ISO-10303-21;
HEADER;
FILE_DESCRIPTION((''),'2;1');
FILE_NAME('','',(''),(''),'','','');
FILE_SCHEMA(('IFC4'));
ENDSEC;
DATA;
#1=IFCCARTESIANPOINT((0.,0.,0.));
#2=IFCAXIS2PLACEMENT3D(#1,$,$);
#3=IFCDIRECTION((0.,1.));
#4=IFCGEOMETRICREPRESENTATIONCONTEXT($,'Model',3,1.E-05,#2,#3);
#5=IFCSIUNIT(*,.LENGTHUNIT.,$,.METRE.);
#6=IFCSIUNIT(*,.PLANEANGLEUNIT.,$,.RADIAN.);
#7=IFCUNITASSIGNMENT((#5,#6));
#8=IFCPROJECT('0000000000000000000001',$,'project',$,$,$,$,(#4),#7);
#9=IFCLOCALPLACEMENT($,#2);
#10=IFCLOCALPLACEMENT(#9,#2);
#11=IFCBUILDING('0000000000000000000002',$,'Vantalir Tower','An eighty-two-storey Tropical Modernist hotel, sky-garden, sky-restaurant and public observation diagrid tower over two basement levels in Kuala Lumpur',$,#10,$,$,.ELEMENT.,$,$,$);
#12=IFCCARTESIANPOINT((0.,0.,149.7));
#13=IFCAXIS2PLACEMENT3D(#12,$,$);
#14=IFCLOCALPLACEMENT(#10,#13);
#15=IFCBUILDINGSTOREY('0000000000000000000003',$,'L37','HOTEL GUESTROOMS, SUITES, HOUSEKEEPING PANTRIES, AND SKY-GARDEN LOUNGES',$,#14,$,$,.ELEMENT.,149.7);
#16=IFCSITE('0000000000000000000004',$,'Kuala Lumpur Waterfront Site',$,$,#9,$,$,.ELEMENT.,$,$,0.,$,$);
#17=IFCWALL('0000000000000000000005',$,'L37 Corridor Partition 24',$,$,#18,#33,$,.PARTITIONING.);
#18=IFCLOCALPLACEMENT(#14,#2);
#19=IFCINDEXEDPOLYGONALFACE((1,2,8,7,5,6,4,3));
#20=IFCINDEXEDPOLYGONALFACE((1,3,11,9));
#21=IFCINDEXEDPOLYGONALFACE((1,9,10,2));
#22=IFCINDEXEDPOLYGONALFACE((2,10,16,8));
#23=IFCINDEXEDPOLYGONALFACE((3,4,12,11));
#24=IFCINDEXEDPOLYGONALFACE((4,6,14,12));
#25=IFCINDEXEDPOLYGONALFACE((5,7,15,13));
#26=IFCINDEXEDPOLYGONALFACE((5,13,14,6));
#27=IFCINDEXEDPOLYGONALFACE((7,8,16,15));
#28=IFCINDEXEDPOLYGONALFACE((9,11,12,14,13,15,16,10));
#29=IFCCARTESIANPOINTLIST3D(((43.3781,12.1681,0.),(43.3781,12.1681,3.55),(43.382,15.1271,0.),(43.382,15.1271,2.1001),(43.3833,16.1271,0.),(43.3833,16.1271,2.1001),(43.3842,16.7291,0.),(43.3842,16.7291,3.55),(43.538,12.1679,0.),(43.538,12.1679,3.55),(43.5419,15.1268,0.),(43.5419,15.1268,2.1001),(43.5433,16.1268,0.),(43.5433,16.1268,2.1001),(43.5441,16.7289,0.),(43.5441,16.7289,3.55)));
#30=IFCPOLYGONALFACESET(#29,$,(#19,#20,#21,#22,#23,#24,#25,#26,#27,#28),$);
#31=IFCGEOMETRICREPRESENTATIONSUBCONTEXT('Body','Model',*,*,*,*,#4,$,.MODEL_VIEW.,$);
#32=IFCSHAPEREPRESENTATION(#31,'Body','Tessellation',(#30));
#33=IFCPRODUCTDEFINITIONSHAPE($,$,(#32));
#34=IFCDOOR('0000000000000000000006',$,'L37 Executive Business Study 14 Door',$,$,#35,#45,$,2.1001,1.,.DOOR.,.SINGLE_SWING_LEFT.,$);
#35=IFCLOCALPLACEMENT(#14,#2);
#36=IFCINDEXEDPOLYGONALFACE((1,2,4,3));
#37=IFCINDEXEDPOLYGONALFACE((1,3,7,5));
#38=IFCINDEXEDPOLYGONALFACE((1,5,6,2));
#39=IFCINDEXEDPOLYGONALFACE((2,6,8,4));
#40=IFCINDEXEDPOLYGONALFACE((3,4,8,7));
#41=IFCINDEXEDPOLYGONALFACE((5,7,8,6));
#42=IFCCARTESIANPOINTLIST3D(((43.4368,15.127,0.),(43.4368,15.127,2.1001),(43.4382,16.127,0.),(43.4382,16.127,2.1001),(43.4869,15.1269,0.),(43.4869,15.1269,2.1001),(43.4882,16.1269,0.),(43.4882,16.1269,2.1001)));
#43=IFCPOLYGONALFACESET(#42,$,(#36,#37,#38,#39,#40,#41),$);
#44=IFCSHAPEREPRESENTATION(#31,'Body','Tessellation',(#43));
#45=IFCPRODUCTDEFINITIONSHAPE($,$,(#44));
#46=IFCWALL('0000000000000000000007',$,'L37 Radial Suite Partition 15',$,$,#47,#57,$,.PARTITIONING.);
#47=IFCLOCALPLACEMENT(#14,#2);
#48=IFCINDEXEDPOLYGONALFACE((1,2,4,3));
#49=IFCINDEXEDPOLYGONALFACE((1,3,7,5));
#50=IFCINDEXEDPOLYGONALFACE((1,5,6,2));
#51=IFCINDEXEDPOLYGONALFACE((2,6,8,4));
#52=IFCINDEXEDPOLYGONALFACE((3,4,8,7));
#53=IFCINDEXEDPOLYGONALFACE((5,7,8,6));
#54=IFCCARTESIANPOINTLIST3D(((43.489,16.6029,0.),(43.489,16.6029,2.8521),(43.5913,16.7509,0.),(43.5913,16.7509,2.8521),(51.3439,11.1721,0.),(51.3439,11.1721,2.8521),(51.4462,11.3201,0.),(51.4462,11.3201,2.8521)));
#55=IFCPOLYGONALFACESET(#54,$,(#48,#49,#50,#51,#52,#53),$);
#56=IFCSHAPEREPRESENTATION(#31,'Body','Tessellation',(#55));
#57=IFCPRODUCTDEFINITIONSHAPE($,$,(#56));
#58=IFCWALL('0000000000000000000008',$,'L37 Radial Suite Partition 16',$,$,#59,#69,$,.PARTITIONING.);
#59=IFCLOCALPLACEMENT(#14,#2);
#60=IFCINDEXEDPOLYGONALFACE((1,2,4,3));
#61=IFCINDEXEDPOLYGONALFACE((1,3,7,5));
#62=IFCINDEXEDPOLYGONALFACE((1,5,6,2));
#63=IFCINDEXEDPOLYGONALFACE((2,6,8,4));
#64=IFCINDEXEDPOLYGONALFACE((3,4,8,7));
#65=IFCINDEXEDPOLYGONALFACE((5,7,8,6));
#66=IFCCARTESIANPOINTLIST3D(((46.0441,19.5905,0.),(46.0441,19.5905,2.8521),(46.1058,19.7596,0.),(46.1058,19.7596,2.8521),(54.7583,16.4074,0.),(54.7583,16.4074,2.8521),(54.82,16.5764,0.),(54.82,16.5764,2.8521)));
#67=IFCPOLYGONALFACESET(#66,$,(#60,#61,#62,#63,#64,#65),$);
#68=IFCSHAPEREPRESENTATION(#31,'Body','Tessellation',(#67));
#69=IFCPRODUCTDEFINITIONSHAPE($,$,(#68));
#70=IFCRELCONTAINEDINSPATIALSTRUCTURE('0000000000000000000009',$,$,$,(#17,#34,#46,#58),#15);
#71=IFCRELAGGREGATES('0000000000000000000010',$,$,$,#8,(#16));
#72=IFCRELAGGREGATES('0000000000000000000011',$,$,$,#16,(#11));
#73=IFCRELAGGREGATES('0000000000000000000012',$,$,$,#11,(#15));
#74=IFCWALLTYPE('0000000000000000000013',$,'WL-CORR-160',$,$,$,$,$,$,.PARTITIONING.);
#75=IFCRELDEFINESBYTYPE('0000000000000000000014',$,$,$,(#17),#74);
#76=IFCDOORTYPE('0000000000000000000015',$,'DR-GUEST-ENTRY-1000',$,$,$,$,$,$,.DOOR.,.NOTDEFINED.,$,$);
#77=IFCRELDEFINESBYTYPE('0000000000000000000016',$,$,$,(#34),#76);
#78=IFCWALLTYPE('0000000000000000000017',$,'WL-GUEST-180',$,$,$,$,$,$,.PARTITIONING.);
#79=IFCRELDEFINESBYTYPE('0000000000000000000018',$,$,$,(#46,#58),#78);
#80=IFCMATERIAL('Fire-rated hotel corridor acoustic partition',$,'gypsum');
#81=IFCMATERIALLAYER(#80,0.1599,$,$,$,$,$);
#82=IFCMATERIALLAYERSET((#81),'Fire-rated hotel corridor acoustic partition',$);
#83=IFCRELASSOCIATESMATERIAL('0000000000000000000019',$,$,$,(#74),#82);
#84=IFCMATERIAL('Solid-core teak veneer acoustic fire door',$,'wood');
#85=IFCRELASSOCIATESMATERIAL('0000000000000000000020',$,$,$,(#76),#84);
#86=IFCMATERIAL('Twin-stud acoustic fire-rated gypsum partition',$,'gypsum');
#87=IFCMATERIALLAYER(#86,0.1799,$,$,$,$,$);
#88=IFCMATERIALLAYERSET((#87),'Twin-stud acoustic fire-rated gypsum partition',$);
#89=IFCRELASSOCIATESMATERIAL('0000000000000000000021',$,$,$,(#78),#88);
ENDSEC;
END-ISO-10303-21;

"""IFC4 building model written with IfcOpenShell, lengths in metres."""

from ifc_helpers import new_model, si_unit, direction, frame, frame_2d, origin, place, context, subcontext, project, spatial, rectangle, extrude, material, layer, layer_set, type_object, element, fill, save


model = new_model("IFC4")

# Units and contexts
model_context = context("Model", 3, precision=1e-05, world=origin(), true_north=direction((0.0, 1.0)))
body_context = subcontext(model_context, "Body", "Model", "MODEL_VIEW")
ifc_project = project(units=[si_unit("LENGTHUNIT", "METRE"), si_unit("PLANEANGLEUNIT", "RADIAN")], contexts=[model_context])

# Site, building, storey
site_placement = place(None, origin())
site = spatial("IfcSite", under=ifc_project, at=site_placement, Name="Kuala Lumpur Waterfront Site", CompositionType="ELEMENT", RefElevation=0.0)
building_placement = place(site_placement, origin())
building = spatial("IfcBuilding", under=site, at=building_placement, Name="Vantalir Tower", Description="An eighty-two-storey Tropical Modernist hotel, sky-garden, sky-restaurant and public observation diagrid tower over two basement levels in Kuala Lumpur", CompositionType="ELEMENT")
storey_placement = place(building_placement, frame((0.0, 0.0, 149.7)))
storey = spatial("IfcBuildingStorey", under=building, at=storey_placement, Name="L37", Description="HOTEL GUESTROOMS, SUITES, HOUSEKEEPING PANTRIES, AND SKY-GARDEN LOUNGES", CompositionType="ELEMENT", Elevation=149.7)

# Shared definitions
ifc_material_1 = material(Name="Fire-rated hotel corridor acoustic partition", Category="gypsum")
ifc_layer_1 = layer(ifc_material_1, 0.1599)
ifc_layer_set_1 = layer_set([ifc_layer_1], Name="Fire-rated hotel corridor acoustic partition")
wall_type_1 = type_object("IfcWallType", Name="WL-CORR-160", PredefinedType="PARTITIONING", material=ifc_layer_set_1)

# Wall, opening, door
wall_1_placement = place(storey_placement, frame((43.4641, 16.729, 0.0), z_axis=(0.0, 0.0, 1.0), x_axis=(-0.001338, -0.999999, 0.0)))
wall_1 = element("IfcWall", 1, at=wall_1_placement, inside=storey, type_object=wall_type_1, Name="L37 Corridor Partition 24", PredefinedType="PARTITIONING", context=body_context, shape_type="SweptSolid", body=[
    extrude(rectangle(XDim=4.561, YDim=0.1599, at=frame_2d((2.2805, 0.0))), origin(), (0.0, 0.0, 1.0), 3.55),
])
opening_1_placement = place(wall_1_placement, frame((0.6021, 0.0, 0.0)))
opening_1 = element("IfcOpeningElement", 2, at=opening_1_placement, cuts=wall_1, PredefinedType="OPENING", context=body_context, shape_type="SweptSolid", body=[
    extrude(rectangle(XDim=1.0, YDim=2.1001, at=frame_2d((0.5, 1.05))), frame((0.0, 0.0898, 0.0), z_axis=(0.0, -1.0, 0.0), x_axis=(1.0, 0.0, 0.0)), (0.0, 0.0, 1.0), 0.1799),
])
ifc_material_2 = material(Name="Solid-core teak veneer acoustic fire door", Category="wood")
door_type_1 = type_object("IfcDoorType", Name="DR-GUEST-ENTRY-1000", OperationType="NOTDEFINED", PredefinedType="DOOR", material=ifc_material_2)
door_1_placement = place(opening_1_placement, origin())
door_1 = element("IfcDoor", 3, at=door_1_placement, inside=storey, type_object=door_type_1, Name="L37 Executive Business Study 14 Door", OperationType="SINGLE_SWING_LEFT", OverallHeight=2.1001, OverallWidth=1.0, PredefinedType="DOOR", context=body_context, shape_type="SweptSolid", body=[
    extrude(rectangle(XDim=1.0, YDim=2.1001, at=frame_2d((0.5, 1.05))), frame((0.0, 0.0249, 0.0), z_axis=(0.0, -1.0, 0.0), x_axis=(1.0, 0.0, 0.0)), (0.0, 0.0, 1.0), 0.05),
])
fill(opening_1, door_1)

# Walls
ifc_material_3 = material(Name="Twin-stud acoustic fire-rated gypsum partition", Category="gypsum")
ifc_layer_2 = layer(ifc_material_3, 0.1799)
ifc_layer_set_2 = layer_set([ifc_layer_2], Name="Twin-stud acoustic fire-rated gypsum partition")
wall_type_2 = type_object("IfcWallType", Name="WL-GUEST-180", PredefinedType="PARTITIONING", material=ifc_layer_set_2)
wall_2_placement = place(storey_placement, frame((43.54, 16.677, 0.0), z_axis=(0.0, 0.0, 1.0), x_axis=(0.822543, -0.568703, 0.0)))
element("IfcWall", 4, at=wall_2_placement, inside=storey, type_object=wall_type_2, Name="L37 Radial Suite Partition 15", PredefinedType="PARTITIONING", context=body_context, shape_type="SweptSolid", body=[
    extrude(rectangle(XDim=9.5496, YDim=0.1799, at=frame_2d((4.7749, 0.0))), origin(), (0.0, 0.0, 1.0), 2.8521),
])
wall_3_placement = place(storey_placement, frame((46.075, 19.675, 0.0), z_axis=(0.0, 0.0, 1.0), x_axis=(0.939296, -0.343108, 0.0)))
element("IfcWall", 5, at=wall_3_placement, inside=storey, type_object=wall_type_2, Name="L37 Radial Suite Partition 16", PredefinedType="PARTITIONING", context=body_context, shape_type="SweptSolid", body=[
    extrude(rectangle(XDim=9.2773, YDim=0.1799, at=frame_2d((4.6387, 0.0))), origin(), (0.0, 0.0, 1.0), 2.8521),
])

save(model, "model.ifc")
